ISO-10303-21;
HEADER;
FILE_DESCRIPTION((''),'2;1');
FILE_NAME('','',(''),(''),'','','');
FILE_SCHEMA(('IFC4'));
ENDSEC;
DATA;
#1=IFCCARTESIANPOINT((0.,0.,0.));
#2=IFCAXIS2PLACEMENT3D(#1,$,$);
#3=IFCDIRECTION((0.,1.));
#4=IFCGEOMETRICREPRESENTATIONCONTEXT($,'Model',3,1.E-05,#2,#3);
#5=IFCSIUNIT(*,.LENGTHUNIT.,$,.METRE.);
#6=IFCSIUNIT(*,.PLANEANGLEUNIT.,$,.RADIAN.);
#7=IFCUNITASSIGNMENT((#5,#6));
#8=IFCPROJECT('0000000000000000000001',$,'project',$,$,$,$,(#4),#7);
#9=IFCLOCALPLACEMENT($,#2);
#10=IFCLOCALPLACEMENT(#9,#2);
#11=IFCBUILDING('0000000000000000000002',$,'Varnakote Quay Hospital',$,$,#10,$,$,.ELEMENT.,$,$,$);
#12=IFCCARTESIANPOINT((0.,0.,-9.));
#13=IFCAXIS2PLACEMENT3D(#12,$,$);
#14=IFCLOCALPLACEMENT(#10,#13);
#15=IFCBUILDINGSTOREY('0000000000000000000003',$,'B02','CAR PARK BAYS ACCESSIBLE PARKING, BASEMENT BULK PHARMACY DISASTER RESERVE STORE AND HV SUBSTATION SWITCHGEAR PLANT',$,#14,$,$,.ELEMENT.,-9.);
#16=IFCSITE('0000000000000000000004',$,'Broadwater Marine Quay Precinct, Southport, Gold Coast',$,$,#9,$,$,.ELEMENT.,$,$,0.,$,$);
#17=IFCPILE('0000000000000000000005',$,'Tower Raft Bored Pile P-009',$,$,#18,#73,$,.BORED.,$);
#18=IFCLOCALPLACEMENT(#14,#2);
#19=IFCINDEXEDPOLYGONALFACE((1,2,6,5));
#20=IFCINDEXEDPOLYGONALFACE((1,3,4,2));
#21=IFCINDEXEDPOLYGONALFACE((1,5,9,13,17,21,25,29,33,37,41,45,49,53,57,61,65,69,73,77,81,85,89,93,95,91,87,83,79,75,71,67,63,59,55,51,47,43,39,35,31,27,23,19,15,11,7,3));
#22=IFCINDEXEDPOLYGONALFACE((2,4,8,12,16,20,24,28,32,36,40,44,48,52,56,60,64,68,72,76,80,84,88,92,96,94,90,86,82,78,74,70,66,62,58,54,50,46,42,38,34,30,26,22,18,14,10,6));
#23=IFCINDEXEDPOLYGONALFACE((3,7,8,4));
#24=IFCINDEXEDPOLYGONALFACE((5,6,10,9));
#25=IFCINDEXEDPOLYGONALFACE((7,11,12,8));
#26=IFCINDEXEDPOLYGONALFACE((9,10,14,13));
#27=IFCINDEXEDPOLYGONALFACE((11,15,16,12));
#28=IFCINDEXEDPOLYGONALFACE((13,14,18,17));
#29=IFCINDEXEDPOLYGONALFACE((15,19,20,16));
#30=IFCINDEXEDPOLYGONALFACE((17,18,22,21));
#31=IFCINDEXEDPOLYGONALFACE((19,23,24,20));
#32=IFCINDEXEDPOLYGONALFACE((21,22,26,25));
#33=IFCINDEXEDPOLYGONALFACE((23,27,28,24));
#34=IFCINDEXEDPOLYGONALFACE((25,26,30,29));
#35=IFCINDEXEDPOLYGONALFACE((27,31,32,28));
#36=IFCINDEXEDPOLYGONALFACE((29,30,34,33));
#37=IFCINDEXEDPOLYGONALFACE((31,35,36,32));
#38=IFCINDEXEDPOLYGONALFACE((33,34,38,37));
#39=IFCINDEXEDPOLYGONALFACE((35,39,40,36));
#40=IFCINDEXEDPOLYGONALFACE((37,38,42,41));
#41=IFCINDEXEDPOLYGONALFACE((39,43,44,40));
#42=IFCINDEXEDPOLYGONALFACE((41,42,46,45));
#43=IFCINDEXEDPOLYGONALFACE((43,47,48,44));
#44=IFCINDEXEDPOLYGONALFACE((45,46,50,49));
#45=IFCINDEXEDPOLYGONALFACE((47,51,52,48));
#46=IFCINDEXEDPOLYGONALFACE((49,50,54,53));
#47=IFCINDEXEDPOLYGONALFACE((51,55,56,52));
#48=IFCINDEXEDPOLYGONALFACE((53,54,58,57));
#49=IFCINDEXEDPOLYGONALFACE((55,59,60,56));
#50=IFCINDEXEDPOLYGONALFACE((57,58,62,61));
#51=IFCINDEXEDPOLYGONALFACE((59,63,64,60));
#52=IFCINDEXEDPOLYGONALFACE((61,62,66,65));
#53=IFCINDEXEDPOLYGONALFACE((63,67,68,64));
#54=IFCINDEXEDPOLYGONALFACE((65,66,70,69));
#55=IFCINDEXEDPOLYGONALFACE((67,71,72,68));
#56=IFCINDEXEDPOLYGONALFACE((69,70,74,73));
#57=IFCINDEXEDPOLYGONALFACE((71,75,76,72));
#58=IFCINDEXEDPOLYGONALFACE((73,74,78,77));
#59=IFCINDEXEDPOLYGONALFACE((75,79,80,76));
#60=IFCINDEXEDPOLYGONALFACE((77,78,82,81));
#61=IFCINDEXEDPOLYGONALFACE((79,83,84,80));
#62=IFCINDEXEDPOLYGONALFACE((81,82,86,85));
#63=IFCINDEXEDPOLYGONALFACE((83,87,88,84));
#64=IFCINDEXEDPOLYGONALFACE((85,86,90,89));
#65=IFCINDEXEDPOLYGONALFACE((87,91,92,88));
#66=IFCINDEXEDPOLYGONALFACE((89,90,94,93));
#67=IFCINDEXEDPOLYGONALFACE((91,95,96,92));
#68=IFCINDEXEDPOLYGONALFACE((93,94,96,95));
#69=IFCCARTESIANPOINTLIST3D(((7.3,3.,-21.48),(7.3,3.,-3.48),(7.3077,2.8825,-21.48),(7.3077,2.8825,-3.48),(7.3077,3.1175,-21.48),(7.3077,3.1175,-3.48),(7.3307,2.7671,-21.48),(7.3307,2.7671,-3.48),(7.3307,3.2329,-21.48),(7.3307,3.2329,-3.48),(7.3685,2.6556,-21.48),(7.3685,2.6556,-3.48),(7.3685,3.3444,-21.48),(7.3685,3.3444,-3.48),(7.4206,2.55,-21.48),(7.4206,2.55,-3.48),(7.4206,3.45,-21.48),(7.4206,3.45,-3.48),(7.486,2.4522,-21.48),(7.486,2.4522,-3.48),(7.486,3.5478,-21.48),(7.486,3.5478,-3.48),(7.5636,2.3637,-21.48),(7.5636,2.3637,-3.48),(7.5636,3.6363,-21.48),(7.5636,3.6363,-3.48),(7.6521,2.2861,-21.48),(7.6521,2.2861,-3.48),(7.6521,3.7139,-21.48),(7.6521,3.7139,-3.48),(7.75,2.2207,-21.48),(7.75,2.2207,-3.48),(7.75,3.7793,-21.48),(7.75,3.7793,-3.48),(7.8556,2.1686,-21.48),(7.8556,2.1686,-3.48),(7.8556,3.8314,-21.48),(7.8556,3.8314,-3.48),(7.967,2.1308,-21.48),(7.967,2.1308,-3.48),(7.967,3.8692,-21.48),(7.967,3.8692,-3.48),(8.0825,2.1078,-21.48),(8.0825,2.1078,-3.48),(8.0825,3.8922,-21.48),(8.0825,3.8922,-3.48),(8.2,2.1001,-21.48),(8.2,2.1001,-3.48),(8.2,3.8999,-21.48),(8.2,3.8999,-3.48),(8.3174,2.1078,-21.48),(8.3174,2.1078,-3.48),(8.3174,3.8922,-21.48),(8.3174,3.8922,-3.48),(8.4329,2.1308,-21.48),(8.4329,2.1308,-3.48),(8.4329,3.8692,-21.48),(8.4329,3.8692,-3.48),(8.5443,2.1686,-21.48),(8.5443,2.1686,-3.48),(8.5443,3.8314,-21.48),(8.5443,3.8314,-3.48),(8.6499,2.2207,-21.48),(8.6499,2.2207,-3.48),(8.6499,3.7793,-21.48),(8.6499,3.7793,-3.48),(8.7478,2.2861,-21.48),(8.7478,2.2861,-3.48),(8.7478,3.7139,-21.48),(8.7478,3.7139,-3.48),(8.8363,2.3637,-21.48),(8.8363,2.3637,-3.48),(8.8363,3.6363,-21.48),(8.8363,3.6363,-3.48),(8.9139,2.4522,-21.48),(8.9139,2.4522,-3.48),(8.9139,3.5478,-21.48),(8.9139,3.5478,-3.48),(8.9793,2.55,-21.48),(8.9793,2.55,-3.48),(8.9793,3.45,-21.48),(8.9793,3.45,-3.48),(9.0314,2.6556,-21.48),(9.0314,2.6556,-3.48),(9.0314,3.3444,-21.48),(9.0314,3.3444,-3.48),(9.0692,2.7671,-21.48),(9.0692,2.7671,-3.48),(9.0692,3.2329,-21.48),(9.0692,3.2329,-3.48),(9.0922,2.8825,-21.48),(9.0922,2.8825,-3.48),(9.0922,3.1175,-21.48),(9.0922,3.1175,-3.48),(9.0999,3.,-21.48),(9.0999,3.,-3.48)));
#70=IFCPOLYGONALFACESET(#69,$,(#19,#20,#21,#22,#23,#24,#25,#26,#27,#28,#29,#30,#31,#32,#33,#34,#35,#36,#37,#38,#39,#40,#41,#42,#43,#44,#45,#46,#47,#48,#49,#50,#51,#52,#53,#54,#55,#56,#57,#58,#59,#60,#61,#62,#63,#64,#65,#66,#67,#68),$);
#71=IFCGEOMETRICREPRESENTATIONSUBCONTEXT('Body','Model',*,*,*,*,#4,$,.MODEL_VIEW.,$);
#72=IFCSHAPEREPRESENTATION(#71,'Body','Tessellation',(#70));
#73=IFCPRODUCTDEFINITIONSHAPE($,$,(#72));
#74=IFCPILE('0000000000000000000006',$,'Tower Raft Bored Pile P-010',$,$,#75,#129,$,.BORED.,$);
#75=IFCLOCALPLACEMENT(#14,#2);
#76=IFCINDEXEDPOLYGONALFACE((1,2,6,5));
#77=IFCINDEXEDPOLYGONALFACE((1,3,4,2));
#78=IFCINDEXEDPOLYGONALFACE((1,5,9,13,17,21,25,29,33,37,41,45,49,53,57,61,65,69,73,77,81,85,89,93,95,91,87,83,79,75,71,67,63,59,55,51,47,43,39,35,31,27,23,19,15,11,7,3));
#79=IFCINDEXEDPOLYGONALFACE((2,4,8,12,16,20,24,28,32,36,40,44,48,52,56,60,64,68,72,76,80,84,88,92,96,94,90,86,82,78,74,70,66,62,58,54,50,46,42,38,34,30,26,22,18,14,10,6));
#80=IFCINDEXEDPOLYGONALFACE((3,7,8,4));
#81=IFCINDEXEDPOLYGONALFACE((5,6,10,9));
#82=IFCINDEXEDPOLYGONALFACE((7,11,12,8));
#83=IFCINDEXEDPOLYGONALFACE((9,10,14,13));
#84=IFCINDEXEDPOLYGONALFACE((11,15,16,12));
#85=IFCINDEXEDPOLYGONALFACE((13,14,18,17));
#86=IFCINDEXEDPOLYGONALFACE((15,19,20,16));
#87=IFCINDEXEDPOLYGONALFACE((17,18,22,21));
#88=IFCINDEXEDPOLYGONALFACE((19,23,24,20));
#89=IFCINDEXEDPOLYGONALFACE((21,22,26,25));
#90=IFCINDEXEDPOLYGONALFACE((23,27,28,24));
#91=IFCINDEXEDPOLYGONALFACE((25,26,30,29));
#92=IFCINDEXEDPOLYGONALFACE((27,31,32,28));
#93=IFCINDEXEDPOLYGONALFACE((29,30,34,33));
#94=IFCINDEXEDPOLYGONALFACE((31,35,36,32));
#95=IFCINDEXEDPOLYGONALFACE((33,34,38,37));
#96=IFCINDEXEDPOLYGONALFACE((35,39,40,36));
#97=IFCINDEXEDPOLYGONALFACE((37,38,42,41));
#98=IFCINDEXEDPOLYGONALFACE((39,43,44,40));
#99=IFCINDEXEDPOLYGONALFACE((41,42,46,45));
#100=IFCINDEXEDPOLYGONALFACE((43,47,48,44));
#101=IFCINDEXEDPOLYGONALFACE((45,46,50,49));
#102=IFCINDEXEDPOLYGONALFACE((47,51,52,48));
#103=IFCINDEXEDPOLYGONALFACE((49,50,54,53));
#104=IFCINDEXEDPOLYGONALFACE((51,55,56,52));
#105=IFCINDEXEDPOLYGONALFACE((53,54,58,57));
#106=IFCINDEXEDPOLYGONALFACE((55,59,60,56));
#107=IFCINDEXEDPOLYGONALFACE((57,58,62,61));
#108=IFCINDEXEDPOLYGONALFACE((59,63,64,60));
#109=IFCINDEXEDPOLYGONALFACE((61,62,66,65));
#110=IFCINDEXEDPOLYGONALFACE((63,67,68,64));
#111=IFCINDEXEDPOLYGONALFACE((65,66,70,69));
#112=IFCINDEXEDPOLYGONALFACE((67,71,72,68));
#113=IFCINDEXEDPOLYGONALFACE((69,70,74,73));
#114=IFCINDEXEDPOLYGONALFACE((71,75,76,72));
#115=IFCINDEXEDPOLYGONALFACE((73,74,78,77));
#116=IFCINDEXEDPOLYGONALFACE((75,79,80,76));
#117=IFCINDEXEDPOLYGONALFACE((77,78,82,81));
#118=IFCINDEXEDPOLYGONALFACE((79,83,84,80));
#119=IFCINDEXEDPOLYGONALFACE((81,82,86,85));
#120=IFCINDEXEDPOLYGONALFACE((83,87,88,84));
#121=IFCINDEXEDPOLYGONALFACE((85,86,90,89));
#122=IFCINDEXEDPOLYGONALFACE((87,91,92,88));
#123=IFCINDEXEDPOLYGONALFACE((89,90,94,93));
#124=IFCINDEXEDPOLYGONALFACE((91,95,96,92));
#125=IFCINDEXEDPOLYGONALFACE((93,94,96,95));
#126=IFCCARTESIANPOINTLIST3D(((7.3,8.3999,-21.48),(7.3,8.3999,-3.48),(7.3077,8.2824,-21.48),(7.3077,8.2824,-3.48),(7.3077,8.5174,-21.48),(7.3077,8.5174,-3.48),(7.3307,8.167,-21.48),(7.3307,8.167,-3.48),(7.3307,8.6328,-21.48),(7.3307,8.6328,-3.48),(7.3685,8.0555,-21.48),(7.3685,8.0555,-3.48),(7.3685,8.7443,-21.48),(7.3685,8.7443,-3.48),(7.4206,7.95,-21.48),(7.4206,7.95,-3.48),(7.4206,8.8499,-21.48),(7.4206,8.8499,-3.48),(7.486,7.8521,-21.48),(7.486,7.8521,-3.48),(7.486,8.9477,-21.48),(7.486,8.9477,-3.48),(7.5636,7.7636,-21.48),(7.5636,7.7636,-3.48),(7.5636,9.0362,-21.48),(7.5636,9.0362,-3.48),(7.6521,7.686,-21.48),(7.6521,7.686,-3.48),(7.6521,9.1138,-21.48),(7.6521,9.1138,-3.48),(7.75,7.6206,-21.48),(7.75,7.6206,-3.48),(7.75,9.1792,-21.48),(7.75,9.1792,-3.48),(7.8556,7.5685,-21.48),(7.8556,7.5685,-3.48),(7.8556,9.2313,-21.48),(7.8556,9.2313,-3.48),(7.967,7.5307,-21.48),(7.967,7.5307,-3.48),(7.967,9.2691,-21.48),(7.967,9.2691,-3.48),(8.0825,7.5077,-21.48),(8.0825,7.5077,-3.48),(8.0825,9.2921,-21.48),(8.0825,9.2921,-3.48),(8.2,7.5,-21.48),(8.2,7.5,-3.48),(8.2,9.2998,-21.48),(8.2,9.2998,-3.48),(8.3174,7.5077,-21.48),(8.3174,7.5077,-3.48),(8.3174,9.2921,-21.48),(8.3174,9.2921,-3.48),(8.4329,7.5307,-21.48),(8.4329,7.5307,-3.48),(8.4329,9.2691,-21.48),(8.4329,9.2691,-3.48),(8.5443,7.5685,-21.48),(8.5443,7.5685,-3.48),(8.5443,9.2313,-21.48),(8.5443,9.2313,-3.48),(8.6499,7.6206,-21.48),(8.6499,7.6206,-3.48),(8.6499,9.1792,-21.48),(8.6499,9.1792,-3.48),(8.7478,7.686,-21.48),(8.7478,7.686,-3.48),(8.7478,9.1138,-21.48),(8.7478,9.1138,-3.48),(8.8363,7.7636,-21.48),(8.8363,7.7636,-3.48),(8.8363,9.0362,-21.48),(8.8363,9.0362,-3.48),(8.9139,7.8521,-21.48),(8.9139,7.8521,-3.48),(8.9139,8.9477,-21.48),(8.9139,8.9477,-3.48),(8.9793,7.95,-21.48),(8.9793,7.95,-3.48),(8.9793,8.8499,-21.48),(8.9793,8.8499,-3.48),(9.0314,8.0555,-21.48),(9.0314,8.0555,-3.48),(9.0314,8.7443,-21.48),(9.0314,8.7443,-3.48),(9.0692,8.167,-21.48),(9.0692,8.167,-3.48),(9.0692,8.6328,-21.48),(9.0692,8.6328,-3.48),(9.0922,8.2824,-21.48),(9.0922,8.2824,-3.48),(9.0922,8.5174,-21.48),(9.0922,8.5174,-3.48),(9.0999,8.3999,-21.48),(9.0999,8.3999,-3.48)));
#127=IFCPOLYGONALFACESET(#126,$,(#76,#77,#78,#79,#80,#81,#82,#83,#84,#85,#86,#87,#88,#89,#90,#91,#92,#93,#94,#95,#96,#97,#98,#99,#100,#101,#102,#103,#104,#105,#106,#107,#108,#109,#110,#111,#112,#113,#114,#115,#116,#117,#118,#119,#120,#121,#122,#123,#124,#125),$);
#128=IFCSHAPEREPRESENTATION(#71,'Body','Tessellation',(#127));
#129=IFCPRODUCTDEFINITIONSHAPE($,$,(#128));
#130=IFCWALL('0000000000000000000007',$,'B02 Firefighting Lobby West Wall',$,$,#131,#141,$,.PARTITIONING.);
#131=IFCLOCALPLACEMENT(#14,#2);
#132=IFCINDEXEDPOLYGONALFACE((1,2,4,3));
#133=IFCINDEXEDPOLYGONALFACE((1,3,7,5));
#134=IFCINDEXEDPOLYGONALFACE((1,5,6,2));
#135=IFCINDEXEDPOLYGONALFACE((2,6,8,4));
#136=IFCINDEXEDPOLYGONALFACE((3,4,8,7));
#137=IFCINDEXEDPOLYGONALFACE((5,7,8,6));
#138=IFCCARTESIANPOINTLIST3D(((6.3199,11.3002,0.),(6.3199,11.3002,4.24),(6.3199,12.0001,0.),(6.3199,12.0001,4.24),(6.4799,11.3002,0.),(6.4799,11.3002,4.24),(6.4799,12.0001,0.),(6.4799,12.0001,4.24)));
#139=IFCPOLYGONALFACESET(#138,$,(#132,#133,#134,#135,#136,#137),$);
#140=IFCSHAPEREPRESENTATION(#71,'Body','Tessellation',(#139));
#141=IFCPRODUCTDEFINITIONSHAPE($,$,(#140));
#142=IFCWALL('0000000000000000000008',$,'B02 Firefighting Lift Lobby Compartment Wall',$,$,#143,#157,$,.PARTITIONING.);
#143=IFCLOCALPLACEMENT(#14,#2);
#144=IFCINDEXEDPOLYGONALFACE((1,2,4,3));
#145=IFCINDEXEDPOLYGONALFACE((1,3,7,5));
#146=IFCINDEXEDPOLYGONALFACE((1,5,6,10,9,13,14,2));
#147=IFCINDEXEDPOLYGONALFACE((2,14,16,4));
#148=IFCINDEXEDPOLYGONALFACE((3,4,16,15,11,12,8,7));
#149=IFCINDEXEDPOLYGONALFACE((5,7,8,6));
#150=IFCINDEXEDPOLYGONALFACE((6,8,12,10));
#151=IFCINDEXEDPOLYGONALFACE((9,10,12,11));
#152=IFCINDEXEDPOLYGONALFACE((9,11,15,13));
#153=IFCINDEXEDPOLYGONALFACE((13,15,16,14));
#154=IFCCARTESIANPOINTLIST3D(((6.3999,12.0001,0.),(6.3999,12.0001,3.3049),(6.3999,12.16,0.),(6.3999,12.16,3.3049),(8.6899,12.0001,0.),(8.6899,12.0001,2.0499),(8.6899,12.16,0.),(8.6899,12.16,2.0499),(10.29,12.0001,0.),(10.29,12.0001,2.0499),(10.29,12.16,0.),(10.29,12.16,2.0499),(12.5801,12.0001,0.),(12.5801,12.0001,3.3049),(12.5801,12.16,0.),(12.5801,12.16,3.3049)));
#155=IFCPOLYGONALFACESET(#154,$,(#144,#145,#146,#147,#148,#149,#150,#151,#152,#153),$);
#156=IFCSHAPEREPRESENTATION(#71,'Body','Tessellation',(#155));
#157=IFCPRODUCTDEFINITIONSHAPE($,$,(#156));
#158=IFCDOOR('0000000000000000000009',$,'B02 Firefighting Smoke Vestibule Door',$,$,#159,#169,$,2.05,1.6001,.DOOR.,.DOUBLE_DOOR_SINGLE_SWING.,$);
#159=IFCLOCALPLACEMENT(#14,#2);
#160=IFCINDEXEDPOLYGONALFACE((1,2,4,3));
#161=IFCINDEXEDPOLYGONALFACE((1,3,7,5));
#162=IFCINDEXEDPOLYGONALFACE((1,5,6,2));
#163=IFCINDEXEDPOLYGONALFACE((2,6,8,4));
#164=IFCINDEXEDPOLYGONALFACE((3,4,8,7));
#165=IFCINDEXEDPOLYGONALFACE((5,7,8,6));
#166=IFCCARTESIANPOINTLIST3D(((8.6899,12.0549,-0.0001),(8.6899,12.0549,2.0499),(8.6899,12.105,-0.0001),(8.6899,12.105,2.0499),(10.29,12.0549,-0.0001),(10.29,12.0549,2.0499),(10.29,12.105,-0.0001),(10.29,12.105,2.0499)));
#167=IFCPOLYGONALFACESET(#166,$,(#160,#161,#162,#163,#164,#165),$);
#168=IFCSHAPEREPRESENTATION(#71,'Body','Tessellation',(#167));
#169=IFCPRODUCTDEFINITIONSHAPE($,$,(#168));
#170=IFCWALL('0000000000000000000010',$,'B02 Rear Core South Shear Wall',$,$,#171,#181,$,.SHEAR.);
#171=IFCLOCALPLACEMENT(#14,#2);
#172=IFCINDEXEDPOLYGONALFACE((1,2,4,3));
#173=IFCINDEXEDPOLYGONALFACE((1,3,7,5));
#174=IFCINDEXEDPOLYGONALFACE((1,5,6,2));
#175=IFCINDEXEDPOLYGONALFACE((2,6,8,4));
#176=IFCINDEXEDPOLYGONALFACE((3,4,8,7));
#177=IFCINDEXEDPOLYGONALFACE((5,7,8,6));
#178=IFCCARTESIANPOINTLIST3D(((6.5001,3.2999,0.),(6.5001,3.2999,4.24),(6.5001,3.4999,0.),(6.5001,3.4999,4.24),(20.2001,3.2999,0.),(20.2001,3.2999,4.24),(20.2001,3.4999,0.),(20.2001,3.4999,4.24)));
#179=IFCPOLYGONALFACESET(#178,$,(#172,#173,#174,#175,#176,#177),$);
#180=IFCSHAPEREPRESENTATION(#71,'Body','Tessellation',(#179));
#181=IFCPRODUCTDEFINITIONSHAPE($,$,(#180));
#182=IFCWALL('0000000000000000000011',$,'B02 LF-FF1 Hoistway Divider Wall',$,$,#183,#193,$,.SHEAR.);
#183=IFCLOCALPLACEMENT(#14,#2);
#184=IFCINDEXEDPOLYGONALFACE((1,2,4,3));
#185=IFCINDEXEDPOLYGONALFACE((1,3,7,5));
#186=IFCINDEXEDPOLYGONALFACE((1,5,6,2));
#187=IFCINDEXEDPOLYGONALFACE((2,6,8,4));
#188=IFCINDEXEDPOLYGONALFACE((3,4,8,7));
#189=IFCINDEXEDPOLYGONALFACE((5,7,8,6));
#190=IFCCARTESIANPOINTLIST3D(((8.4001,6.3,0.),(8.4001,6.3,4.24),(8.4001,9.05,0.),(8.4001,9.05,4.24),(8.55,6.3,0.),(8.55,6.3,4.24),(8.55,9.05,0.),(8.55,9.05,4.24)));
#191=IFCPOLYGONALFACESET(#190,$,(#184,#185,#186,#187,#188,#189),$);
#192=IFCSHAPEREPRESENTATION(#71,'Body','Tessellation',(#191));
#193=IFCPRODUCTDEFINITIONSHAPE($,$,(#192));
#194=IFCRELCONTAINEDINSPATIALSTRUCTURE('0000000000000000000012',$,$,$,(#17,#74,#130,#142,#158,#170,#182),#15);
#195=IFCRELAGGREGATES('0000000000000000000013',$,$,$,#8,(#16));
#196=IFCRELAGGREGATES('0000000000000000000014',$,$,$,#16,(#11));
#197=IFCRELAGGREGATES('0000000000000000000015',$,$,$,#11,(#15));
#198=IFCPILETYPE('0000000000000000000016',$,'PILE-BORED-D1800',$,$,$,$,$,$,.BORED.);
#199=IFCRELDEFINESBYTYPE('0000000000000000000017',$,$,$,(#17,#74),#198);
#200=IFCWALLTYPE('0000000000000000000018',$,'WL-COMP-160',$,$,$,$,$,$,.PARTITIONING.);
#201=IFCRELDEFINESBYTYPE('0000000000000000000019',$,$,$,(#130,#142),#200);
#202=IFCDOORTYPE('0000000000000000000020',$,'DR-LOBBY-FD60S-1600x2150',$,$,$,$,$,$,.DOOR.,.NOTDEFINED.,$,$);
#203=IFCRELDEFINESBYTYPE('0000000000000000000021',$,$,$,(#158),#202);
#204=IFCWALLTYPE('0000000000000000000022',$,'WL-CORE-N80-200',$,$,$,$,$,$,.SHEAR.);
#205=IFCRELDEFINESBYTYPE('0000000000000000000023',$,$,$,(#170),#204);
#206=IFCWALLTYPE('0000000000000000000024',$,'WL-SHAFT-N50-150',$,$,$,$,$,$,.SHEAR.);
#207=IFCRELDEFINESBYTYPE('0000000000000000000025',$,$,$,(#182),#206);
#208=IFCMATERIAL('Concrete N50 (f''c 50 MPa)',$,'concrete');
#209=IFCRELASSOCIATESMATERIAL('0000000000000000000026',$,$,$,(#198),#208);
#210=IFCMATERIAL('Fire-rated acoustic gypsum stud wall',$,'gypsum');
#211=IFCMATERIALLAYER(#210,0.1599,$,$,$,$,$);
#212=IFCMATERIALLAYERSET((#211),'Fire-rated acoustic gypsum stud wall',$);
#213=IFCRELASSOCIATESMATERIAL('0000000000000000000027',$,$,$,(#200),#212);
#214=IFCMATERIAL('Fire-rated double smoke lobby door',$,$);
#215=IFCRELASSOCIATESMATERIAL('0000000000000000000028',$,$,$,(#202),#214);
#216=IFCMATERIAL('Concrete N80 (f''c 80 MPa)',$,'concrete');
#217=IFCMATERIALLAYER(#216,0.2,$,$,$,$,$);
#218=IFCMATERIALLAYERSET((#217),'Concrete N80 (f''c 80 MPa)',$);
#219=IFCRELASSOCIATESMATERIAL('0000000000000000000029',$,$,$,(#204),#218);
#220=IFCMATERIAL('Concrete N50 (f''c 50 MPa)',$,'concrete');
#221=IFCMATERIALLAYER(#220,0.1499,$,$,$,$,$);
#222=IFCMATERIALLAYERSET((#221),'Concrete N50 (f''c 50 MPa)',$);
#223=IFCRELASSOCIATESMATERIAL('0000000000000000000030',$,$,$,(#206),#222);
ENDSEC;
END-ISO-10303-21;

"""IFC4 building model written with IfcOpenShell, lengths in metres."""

from ifc_helpers import new_model, si_unit, direction, frame, frame_2d, origin, origin_2d, place, context, subcontext, project, spatial, rectangle, circle, extrude, material, layer, layer_set, material_profile, profile_set, type_object, element, fill, save


model = new_model("IFC4")

# Units and contexts
model_context = context("Model", 3, precision=1e-05, world=origin(), true_north=direction((0.0, 1.0)))
body_context = subcontext(model_context, "Body", "Model", "MODEL_VIEW")
ifc_project = project(units=[si_unit("LENGTHUNIT", "METRE"), si_unit("PLANEANGLEUNIT", "RADIAN")], contexts=[model_context])

# Site, building, storey
site_placement = place(None, origin())
site = spatial("IfcSite", under=ifc_project, at=site_placement, Name="Broadwater Marine Quay Precinct, Southport, Gold Coast", CompositionType="ELEMENT", RefElevation=0.0)
building_placement = place(site_placement, origin())
building = spatial("IfcBuilding", under=site, at=building_placement, Name="Varnakote Quay Hospital", CompositionType="ELEMENT")
storey_placement = place(building_placement, frame((0.0, 0.0, -9.0)))
storey = spatial("IfcBuildingStorey", under=building, at=storey_placement, Name="B02", Description="CAR PARK BAYS ACCESSIBLE PARKING, BASEMENT BULK PHARMACY DISASTER RESERVE STORE AND HV SUBSTATION SWITCHGEAR PLANT", CompositionType="ELEMENT", Elevation=-9.0)

# Piles
ifc_material_1 = material(Name="Concrete N50 (f'c 50 MPa)", Category="concrete")
ifc_material_profile = material_profile(ifc_material_1, circle(Radius=0.8999, at=origin_2d()), Name="PILE-D1800")
ifc_profile_set = profile_set([ifc_material_profile], Name="Concrete N50 (f'c 50 MPa)")
pile_type = type_object("IfcPileType", Name="PILE-BORED-D1800", PredefinedType="BORED", material=ifc_profile_set)
for number, where, z_axis, x_axis, name in (
    (1, (8.2, 3.0, -3.48), (0.0, 0.0, -1.0), (1.0, 0.0, 0.0), "Tower Raft Bored Pile P-009"),
    (2, (8.2, 8.3999, -3.48), (0.0, 0.0, -1.0), (1.0, 0.0, 0.0), "Tower Raft Bored Pile P-010"),
):
    element("IfcPile", number, at=place(storey_placement, frame(where, z_axis=z_axis, x_axis=x_axis)), inside=storey, type_object=pile_type, Name=name, PredefinedType="BORED", context=body_context, shape_type="SweptSolid", body=[
        extrude(circle(Radius=0.8999, at=origin_2d()), origin(), (0.0, 0.0, 1.0), 18.0),
    ])

# Wall
ifc_material_2 = material(Name="Fire-rated acoustic gypsum stud wall", Category="gypsum")
ifc_layer_1 = layer(ifc_material_2, 0.1599)
ifc_layer_set_1 = layer_set([ifc_layer_1], Name="Fire-rated acoustic gypsum stud wall")
wall_type_1 = type_object("IfcWallType", Name="WL-COMP-160", PredefinedType="PARTITIONING", material=ifc_layer_set_1)
wall_1_placement = place(storey_placement, frame((6.3999, 11.3, 0.0), z_axis=(0.0, 0.0, 1.0), x_axis=(0.0, 1.0, 0.0)))
element("IfcWall", 3, at=wall_1_placement, inside=storey, type_object=wall_type_1, Name="B02 Firefighting Lobby West Wall", PredefinedType="PARTITIONING", context=body_context, shape_type="SweptSolid", body=[
    extrude(rectangle(XDim=0.7, YDim=0.1599, at=frame_2d((0.3501, 0.0))), origin(), (0.0, 0.0, 1.0), 4.24),
])

# Wall, opening, door
wall_2_placement = place(storey_placement, frame((6.3999, 12.0801, 0.0), z_axis=(0.0, 0.0, 1.0), x_axis=(1.0, 0.0, 0.0)))
wall_2 = element("IfcWall", 4, at=wall_2_placement, inside=storey, type_object=wall_type_1, Name="B02 Firefighting Lift Lobby Compartment Wall", PredefinedType="PARTITIONING", context=body_context, shape_type="SweptSolid", body=[
    extrude(rectangle(XDim=6.1802, YDim=0.1599, at=frame_2d((3.0901, 0.0))), origin(), (0.0, 0.0, 1.0), 3.3049),
])
opening_1_placement = place(wall_2_placement, frame((2.29, 0.0, 0.0)))
opening_1 = element("IfcOpeningElement", 5, at=opening_1_placement, cuts=wall_2, PredefinedType="OPENING", context=body_context, shape_type="SweptSolid", body=[
    extrude(rectangle(XDim=1.6001, YDim=2.05, at=frame_2d((0.8, 1.0249))), frame((0.0, 0.0898, 0.0), z_axis=(0.0, -1.0, 0.0), x_axis=(1.0, 0.0, 0.0)), (0.0, 0.0, 1.0), 0.1799),
])
ifc_material_3 = material(Name="Fire-rated double smoke lobby door")
door_type_1 = type_object("IfcDoorType", Name="DR-LOBBY-FD60S-1600x2150", OperationType="NOTDEFINED", PredefinedType="DOOR", material=ifc_material_3)
door_1_placement = place(opening_1_placement, origin())
door_1 = element("IfcDoor", 6, at=door_1_placement, inside=storey, type_object=door_type_1, Name="B02 Firefighting Smoke Vestibule Door", OperationType="DOUBLE_DOOR_SINGLE_SWING", OverallHeight=2.05, OverallWidth=1.6001, PredefinedType="DOOR", context=body_context, shape_type="SweptSolid", body=[
    extrude(rectangle(XDim=1.6001, YDim=2.05, at=frame_2d((0.8, 1.0249))), frame((0.0, 0.0249, 0.0), z_axis=(0.0, -1.0, 0.0), x_axis=(1.0, 0.0, 0.0)), (0.0, 0.0, 1.0), 0.05),
])
fill(opening_1, door_1)

# Walls
ifc_material_4 = material(Name="Concrete N80 (f'c 80 MPa)", Category="concrete")
ifc_layer_2 = layer(ifc_material_4, 0.2)
ifc_layer_set_2 = layer_set([ifc_layer_2], Name="Concrete N80 (f'c 80 MPa)")
wall_type_2 = type_object("IfcWallType", Name="WL-CORE-N80-200", PredefinedType="SHEAR", material=ifc_layer_set_2)
wall_3_placement = place(storey_placement, frame((6.5, 3.3999, 0.0), z_axis=(0.0, 0.0, 1.0), x_axis=(1.0, 0.0, 0.0)))
element("IfcWall", 7, at=wall_3_placement, inside=storey, type_object=wall_type_2, Name="B02 Rear Core South Shear Wall", PredefinedType="SHEAR", context=body_context, shape_type="SweptSolid", body=[
    extrude(rectangle(XDim=13.7, YDim=0.2, at=frame_2d((6.8501, 0.0))), origin(), (0.0, 0.0, 1.0), 4.24),
])
ifc_material_5 = material(Name="Concrete N50 (f'c 50 MPa)", Category="concrete")
ifc_layer_3 = layer(ifc_material_5, 0.1499)
ifc_layer_set_3 = layer_set([ifc_layer_3], Name="Concrete N50 (f'c 50 MPa)")
wall_type_3 = type_object("IfcWallType", Name="WL-SHAFT-N50-150", PredefinedType="SHEAR", material=ifc_layer_set_3)
wall_4_placement = place(storey_placement, frame((8.4751, 6.3, 0.0), z_axis=(0.0, 0.0, 1.0), x_axis=(0.0, 1.0, 0.0)))
element("IfcWall", 8, at=wall_4_placement, inside=storey, type_object=wall_type_3, Name="B02 LF-FF1 Hoistway Divider Wall", PredefinedType="SHEAR", context=body_context, shape_type="SweptSolid", body=[
    extrude(rectangle(XDim=2.75, YDim=0.1499, at=frame_2d((1.375, 0.0))), origin(), (0.0, 0.0, 1.0), 4.24),
])

save(model, "model.ifc")
